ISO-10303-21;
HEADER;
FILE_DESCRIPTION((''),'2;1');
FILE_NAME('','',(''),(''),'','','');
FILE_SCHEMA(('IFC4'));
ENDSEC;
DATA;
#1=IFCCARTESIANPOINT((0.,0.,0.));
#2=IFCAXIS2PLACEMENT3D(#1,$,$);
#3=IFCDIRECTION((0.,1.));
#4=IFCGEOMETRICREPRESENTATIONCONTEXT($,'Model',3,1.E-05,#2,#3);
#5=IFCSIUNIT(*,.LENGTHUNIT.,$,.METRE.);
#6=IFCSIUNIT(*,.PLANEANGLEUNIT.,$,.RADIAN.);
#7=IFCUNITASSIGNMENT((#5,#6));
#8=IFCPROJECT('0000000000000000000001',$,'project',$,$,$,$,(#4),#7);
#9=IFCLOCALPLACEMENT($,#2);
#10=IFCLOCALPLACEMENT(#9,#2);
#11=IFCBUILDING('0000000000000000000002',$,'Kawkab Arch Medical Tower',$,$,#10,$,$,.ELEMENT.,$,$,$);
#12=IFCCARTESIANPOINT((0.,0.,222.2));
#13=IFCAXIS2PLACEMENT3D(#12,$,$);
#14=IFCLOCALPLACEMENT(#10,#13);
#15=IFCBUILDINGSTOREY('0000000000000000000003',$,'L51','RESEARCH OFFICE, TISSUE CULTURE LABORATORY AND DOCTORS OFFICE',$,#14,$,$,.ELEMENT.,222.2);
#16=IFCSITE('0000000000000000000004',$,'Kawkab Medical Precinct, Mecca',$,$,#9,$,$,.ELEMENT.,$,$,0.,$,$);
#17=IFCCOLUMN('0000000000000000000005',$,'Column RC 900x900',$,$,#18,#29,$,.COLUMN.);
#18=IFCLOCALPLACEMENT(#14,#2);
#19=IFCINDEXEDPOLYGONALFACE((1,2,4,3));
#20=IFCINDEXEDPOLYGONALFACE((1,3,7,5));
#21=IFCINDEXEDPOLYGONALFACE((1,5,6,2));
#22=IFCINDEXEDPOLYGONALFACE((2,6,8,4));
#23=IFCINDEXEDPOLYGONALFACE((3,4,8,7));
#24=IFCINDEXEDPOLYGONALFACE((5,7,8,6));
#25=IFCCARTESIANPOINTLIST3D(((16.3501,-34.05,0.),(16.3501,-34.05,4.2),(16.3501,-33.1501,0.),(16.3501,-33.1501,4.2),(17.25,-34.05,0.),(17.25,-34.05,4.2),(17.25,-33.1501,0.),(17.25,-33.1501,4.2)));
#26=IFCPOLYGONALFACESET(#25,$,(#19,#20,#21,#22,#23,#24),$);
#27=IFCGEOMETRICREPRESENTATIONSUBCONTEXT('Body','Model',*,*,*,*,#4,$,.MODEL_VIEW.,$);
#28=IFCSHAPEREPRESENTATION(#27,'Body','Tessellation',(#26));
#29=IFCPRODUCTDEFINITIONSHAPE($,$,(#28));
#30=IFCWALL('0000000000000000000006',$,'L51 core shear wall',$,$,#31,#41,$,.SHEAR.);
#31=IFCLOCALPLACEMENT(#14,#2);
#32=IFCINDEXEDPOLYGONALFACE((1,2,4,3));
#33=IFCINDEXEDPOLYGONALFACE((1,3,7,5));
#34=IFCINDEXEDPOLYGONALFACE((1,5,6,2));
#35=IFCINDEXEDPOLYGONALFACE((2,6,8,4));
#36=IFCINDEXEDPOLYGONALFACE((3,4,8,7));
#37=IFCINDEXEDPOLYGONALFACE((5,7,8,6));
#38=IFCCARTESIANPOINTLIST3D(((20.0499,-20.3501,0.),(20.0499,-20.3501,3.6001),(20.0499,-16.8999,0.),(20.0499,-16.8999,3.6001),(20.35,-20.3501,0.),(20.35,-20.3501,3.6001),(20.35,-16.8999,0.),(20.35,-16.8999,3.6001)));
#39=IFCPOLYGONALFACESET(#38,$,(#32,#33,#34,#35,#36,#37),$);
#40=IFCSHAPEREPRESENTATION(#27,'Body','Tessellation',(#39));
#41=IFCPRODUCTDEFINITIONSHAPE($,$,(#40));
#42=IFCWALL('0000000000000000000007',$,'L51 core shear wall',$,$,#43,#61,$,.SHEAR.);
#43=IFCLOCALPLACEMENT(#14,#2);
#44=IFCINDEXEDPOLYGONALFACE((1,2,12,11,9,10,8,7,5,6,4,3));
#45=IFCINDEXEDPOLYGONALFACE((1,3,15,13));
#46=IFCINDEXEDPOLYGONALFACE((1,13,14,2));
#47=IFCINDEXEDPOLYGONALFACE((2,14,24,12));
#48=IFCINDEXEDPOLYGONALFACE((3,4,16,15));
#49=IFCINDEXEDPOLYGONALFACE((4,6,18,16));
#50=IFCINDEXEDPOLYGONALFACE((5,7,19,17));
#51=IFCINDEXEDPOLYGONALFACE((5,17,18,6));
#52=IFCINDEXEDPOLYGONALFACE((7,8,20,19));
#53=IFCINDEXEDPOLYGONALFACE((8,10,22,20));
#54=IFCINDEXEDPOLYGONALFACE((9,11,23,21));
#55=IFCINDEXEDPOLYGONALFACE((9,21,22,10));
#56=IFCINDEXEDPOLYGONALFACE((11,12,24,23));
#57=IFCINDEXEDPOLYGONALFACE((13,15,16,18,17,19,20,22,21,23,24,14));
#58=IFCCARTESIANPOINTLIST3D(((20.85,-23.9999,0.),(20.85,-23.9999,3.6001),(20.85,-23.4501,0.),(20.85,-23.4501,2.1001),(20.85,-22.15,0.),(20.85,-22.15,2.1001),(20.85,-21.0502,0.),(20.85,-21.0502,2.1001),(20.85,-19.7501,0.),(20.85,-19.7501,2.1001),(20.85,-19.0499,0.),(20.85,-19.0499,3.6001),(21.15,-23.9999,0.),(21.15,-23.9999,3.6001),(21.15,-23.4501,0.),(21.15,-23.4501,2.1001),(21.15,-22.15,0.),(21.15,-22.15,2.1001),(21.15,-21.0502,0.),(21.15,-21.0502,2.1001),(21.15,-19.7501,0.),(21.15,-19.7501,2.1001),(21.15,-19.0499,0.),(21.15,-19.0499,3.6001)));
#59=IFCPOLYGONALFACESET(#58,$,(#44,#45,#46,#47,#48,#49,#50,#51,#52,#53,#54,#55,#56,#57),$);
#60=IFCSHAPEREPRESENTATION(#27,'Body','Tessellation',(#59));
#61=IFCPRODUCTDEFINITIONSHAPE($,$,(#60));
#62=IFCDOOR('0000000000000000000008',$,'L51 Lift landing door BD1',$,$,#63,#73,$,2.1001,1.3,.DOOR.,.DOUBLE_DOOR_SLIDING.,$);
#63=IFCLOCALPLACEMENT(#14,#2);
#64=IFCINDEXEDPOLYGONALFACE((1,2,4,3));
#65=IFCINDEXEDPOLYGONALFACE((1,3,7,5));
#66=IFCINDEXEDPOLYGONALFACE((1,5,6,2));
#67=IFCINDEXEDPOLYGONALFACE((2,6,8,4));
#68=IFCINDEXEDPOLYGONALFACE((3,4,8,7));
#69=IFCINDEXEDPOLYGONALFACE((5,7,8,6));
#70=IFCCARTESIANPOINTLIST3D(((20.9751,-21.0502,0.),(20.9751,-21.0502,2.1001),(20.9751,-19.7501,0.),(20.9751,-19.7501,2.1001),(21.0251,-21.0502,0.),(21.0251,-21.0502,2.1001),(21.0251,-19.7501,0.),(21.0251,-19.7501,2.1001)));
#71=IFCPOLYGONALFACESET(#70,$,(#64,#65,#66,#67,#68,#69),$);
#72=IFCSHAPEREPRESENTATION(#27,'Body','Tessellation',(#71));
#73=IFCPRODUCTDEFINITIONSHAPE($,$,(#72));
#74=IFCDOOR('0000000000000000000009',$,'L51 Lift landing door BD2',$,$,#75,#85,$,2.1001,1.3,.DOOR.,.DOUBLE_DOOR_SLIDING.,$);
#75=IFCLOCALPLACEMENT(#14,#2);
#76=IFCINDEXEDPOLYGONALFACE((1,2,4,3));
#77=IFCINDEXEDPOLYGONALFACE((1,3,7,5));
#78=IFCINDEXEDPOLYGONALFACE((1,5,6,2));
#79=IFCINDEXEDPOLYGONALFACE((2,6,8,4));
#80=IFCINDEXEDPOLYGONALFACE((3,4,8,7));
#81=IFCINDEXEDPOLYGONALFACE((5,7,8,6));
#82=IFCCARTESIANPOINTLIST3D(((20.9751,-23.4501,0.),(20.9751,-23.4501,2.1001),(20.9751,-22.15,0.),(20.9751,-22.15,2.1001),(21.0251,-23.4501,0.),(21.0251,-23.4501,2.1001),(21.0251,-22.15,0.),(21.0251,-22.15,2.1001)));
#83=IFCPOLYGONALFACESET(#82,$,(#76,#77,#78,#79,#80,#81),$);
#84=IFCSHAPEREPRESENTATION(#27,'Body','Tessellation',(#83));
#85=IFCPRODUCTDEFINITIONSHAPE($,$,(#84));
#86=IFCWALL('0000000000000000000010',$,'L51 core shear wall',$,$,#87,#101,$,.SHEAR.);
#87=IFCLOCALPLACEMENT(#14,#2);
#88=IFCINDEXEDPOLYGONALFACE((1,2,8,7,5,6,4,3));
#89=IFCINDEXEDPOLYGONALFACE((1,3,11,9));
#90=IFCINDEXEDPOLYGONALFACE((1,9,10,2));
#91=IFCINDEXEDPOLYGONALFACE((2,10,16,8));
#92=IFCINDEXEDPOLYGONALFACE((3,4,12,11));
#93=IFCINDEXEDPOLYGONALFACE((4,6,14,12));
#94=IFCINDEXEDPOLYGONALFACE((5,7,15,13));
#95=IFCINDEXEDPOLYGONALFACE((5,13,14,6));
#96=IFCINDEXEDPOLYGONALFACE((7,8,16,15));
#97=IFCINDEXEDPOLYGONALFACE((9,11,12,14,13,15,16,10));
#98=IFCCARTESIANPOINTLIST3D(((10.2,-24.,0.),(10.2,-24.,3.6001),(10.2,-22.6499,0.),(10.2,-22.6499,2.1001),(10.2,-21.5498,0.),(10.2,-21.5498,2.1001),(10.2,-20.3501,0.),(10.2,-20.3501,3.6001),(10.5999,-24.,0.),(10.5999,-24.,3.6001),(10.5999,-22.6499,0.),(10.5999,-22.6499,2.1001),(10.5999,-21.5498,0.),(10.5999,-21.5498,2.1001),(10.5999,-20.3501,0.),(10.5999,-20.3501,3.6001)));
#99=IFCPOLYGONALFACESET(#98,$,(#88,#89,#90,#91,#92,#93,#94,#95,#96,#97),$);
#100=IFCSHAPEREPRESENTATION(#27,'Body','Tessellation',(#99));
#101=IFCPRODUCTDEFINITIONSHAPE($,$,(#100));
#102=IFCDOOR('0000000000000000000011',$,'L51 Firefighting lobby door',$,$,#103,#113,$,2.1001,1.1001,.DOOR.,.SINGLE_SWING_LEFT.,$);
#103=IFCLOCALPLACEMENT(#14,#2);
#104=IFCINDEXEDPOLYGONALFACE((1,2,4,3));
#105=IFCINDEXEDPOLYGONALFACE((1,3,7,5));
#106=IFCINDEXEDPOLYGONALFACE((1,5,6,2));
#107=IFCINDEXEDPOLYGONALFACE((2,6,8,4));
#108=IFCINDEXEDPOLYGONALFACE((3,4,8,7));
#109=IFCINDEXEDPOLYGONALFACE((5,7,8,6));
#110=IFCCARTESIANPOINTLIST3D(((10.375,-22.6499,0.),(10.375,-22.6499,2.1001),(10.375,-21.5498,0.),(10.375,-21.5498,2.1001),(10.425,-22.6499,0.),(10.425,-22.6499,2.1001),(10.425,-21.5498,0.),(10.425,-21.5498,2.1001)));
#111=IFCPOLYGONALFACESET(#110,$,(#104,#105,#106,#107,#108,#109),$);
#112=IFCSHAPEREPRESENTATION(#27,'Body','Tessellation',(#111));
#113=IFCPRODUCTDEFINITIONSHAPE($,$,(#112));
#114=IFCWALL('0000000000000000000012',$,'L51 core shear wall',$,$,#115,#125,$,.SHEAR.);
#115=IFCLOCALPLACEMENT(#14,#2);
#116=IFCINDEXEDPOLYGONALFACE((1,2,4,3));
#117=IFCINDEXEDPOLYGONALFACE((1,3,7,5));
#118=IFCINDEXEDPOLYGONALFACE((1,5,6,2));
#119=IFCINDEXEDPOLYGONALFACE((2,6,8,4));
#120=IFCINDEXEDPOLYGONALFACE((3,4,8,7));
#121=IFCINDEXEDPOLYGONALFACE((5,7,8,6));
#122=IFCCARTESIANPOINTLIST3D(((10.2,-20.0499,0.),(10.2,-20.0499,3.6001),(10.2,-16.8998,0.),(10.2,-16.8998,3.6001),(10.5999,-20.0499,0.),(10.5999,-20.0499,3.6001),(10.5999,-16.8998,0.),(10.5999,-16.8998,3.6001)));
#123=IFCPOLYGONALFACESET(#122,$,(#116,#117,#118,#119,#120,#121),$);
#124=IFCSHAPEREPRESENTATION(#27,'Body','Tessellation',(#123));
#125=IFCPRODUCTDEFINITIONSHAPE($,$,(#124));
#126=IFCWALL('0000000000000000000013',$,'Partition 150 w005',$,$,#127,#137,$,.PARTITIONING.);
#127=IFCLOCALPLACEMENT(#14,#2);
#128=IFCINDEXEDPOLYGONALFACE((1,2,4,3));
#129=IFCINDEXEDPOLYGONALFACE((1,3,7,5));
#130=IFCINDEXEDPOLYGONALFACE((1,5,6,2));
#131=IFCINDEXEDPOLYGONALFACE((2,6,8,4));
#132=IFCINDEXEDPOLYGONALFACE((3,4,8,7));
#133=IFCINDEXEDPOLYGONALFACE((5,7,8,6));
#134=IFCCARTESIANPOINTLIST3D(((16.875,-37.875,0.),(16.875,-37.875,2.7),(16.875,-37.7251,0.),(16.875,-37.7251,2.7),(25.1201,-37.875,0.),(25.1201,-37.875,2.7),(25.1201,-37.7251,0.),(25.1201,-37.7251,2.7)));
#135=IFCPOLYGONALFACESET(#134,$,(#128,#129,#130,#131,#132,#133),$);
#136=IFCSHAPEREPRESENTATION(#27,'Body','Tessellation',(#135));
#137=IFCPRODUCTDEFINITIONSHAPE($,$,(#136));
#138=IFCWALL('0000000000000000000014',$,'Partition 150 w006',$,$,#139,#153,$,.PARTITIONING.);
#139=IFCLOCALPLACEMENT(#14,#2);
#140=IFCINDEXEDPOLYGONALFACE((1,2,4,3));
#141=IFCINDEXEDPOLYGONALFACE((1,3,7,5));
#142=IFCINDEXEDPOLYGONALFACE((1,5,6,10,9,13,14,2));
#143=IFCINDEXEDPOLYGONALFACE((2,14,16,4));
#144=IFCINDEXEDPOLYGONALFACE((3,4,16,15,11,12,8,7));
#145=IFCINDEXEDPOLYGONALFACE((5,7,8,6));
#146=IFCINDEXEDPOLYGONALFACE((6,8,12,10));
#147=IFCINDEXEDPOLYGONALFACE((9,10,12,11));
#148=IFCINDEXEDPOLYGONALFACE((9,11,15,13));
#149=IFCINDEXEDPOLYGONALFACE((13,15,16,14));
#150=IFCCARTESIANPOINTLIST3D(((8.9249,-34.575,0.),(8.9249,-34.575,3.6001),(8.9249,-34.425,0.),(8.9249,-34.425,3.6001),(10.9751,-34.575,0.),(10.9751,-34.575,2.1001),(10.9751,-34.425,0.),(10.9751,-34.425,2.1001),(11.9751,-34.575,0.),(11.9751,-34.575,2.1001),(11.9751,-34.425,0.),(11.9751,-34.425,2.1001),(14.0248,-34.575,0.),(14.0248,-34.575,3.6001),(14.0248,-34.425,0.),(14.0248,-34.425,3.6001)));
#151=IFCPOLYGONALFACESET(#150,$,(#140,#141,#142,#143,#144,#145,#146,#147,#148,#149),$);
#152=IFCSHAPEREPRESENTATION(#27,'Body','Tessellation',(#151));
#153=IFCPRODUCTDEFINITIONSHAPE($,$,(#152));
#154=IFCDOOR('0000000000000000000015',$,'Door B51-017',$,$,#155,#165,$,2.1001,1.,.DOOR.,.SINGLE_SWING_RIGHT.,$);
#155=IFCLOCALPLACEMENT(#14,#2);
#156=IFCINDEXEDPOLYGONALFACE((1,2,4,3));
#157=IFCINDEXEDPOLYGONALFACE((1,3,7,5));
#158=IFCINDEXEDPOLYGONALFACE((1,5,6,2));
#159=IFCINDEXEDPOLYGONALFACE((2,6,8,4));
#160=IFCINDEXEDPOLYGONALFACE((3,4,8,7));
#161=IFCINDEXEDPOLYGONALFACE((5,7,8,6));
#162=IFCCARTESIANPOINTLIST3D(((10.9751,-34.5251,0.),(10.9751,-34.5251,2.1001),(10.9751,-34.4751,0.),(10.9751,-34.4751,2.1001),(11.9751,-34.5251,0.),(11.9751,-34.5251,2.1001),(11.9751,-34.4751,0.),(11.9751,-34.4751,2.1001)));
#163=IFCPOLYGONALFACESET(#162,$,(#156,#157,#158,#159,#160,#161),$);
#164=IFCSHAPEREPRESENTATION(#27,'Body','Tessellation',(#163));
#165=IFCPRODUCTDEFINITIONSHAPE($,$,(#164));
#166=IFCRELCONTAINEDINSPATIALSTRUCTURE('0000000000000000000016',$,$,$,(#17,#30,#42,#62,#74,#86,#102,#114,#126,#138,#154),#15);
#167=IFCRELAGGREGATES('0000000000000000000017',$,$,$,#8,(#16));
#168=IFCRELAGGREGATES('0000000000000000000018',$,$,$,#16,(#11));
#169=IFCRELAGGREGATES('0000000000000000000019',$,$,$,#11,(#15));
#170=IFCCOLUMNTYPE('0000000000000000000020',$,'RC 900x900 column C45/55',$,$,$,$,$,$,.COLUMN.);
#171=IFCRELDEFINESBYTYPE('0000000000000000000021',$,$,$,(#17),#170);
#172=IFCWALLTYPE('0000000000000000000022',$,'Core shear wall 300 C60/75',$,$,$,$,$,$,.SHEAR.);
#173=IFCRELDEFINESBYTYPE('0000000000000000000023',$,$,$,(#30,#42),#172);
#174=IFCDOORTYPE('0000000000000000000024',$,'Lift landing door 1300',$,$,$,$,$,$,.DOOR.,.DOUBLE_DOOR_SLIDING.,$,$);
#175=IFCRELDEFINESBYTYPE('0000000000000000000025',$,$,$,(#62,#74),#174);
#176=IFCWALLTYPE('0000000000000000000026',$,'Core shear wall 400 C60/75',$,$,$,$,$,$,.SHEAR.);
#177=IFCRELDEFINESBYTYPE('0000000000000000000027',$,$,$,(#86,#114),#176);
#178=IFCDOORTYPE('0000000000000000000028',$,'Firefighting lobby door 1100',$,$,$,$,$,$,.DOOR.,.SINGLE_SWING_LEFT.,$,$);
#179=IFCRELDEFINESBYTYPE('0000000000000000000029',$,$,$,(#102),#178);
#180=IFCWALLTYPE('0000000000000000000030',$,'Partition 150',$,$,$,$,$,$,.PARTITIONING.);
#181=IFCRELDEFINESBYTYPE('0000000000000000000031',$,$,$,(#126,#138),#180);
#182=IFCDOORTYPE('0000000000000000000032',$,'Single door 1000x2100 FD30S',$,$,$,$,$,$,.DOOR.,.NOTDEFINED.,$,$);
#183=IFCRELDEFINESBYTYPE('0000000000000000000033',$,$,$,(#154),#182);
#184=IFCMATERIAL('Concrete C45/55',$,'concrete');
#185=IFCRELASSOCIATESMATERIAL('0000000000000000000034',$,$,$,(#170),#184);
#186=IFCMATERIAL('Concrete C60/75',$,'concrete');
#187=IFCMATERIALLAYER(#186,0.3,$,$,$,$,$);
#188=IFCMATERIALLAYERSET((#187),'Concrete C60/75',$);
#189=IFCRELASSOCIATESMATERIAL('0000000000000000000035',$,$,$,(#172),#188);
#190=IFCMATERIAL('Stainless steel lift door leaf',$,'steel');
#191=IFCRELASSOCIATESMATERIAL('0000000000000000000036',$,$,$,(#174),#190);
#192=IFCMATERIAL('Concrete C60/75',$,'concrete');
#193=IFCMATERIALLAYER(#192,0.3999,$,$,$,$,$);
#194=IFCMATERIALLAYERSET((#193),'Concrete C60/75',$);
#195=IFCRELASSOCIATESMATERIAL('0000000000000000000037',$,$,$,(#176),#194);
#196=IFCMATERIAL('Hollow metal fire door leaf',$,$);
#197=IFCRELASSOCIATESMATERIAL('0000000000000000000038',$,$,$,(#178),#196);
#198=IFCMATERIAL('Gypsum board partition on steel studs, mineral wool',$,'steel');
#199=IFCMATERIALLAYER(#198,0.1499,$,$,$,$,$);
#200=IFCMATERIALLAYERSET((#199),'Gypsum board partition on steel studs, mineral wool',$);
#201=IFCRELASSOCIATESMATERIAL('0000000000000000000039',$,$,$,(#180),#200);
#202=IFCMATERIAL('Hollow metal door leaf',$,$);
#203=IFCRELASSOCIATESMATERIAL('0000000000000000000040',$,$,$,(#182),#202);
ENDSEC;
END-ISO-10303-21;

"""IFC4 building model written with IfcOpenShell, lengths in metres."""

from ifc_helpers import new_model, si_unit, direction, frame, frame_2d, origin, origin_2d, place, context, subcontext, project, spatial, rectangle, extrude, material, layer, layer_set, material_profile, profile_set, type_object, element, fill, save


model = new_model("IFC4")

# Units and contexts
model_context = context("Model", 3, precision=1e-05, world=origin(), true_north=direction((0.0, 1.0)))
body_context = subcontext(model_context, "Body", "Model", "MODEL_VIEW")
ifc_project = project(units=[si_unit("LENGTHUNIT", "METRE"), si_unit("PLANEANGLEUNIT", "RADIAN")], contexts=[model_context])

# Site, building, storey
site_placement = place(None, origin())
site = spatial("IfcSite", under=ifc_project, at=site_placement, Name="Kawkab Medical Precinct, Mecca", CompositionType="ELEMENT", RefElevation=0.0)
building_placement = place(site_placement, origin())
building = spatial("IfcBuilding", under=site, at=building_placement, Name="Kawkab Arch Medical Tower", CompositionType="ELEMENT")
storey_placement = place(building_placement, frame((0.0, 0.0, 222.2)))
storey = spatial("IfcBuildingStorey", under=building, at=storey_placement, Name="L51", Description="RESEARCH OFFICE, TISSUE CULTURE LABORATORY AND DOCTORS OFFICE", CompositionType="ELEMENT", Elevation=222.2)

# Column
ifc_material_1 = material(Name="Concrete C45/55", Category="concrete")
ifc_material_profile = material_profile(ifc_material_1, rectangle(XDim=0.8999, YDim=0.8999, at=origin_2d()), Name="RC 900x900")
ifc_profile_set = profile_set([ifc_material_profile], Name="Concrete C45/55")
column_type = type_object("IfcColumnType", Name="RC 900x900 column C45/55", PredefinedType="COLUMN", material=ifc_profile_set)
column_placement = place(storey_placement, frame((16.8, -33.6001, 0.0), z_axis=(0.0, 0.0, 1.0), x_axis=(1.0, 0.0, 0.0)))
element("IfcColumn", 1, at=column_placement, inside=storey, type_object=column_type, Name="Column RC 900x900", PredefinedType="COLUMN", context=body_context, shape_type="SweptSolid", body=[
    extrude(rectangle(XDim=0.8999, YDim=0.8999, at=origin_2d()), origin(), (0.0, 0.0, 1.0), 4.2),
])

# Wall
ifc_material_2 = material(Name="Concrete C60/75", Category="concrete")
ifc_layer_1 = layer(ifc_material_2, 0.3)
ifc_layer_set_1 = layer_set([ifc_layer_1], Name="Concrete C60/75")
wall_type_1 = type_object("IfcWallType", Name="Core shear wall 300 C60/75", PredefinedType="SHEAR", material=ifc_layer_set_1)
wall_1_placement = place(storey_placement, frame((20.2, -20.3501, 0.0), z_axis=(0.0, 0.0, 1.0), x_axis=(0.0, 1.0, 0.0)))
element("IfcWall", 2, at=wall_1_placement, inside=storey, type_object=wall_type_1, Name="L51 core shear wall", PredefinedType="SHEAR", context=body_context, shape_type="SweptSolid", body=[
    extrude(rectangle(XDim=3.4502, YDim=0.3, at=frame_2d((1.7251, 0.0))), origin(), (0.0, 0.0, 1.0), 3.6001),
])

# Wall, openings, doors
wall_2_placement = place(storey_placement, frame((21.0, -24.0, 0.0), z_axis=(0.0, 0.0, 1.0), x_axis=(0.0, 1.0, 0.0)))
wall_2 = element("IfcWall", 3, at=wall_2_placement, inside=storey, type_object=wall_type_1, Name="L51 core shear wall", PredefinedType="SHEAR", context=body_context, shape_type="SweptSolid", body=[
    extrude(rectangle(XDim=4.95, YDim=0.3, at=frame_2d((2.4751, 0.0))), origin(), (0.0, 0.0, 1.0), 3.6001),
])
opening_1_placement = place(wall_2_placement, frame((2.95, 0.0, 0.0)))
opening_1 = element("IfcOpeningElement", 4, at=opening_1_placement, cuts=wall_2, PredefinedType="OPENING", context=body_context, shape_type="SweptSolid", body=[
    extrude(rectangle(XDim=1.3, YDim=2.1001, at=frame_2d((0.6499, 1.05))), frame((0.0, 0.1599, 0.0), z_axis=(0.0, -1.0, 0.0), x_axis=(1.0, 0.0, 0.0)), (0.0, 0.0, 1.0), 0.3201),
])
opening_2_placement = place(wall_2_placement, frame((0.55, 0.0, 0.0)))
opening_2 = element("IfcOpeningElement", 5, at=opening_2_placement, cuts=wall_2, PredefinedType="OPENING", context=body_context, shape_type="SweptSolid", body=[
    extrude(rectangle(XDim=1.3, YDim=2.1001, at=frame_2d((0.6499, 1.05))), frame((0.0, 0.1599, 0.0), z_axis=(0.0, -1.0, 0.0), x_axis=(1.0, 0.0, 0.0)), (0.0, 0.0, 1.0), 0.3201),
])
ifc_material_3 = material(Name="Stainless steel lift door leaf", Category="steel")
door_type_1 = type_object("IfcDoorType", Name="Lift landing door 1300", OperationType="DOUBLE_DOOR_SLIDING", PredefinedType="DOOR", material=ifc_material_3)
door_1_placement = place(opening_1_placement, origin())
door_1 = element("IfcDoor", 6, at=door_1_placement, inside=storey, type_object=door_type_1, Name="L51 Lift landing door BD1", OperationType="DOUBLE_DOOR_SLIDING", OverallHeight=2.1001, OverallWidth=1.3, PredefinedType="DOOR", context=body_context, shape_type="SweptSolid", body=[
    extrude(rectangle(XDim=1.3, YDim=2.1001, at=frame_2d((0.6499, 1.05))), frame((0.0, 0.0249, 0.0), z_axis=(0.0, -1.0, 0.0), x_axis=(1.0, 0.0, 0.0)), (0.0, 0.0, 1.0), 0.05),
])
fill(opening_1, door_1)
door_2_placement = place(opening_2_placement, origin())
door_2 = element("IfcDoor", 7, at=door_2_placement, inside=storey, type_object=door_type_1, Name="L51 Lift landing door BD2", OperationType="DOUBLE_DOOR_SLIDING", OverallHeight=2.1001, OverallWidth=1.3, PredefinedType="DOOR", context=body_context, shape_type="SweptSolid", body=[
    extrude(rectangle(XDim=1.3, YDim=2.1001, at=frame_2d((0.6499, 1.05))), frame((0.0, 0.0249, 0.0), z_axis=(0.0, -1.0, 0.0), x_axis=(1.0, 0.0, 0.0)), (0.0, 0.0, 1.0), 0.05),
])
fill(opening_2, door_2)

# Wall, opening, door
ifc_material_4 = material(Name="Concrete C60/75", Category="concrete")
ifc_layer_2 = layer(ifc_material_4, 0.3999)
ifc_layer_set_2 = layer_set([ifc_layer_2], Name="Concrete C60/75")
wall_type_2 = type_object("IfcWallType", Name="Core shear wall 400 C60/75", PredefinedType="SHEAR", material=ifc_layer_set_2)
wall_3_placement = place(storey_placement, frame((10.3999, -24.0, 0.0), z_axis=(0.0, 0.0, 1.0), x_axis=(0.0, 1.0, 0.0)))
wall_3 = element("IfcWall", 8, at=wall_3_placement, inside=storey, type_object=wall_type_2, Name="L51 core shear wall", PredefinedType="SHEAR", context=body_context, shape_type="SweptSolid", body=[
    extrude(rectangle(XDim=3.6499, YDim=0.3999, at=frame_2d((1.825, 0.0))), origin(), (0.0, 0.0, 1.0), 3.6001),
])
opening_3_placement = place(wall_3_placement, frame((1.3501, 0.0, 0.0)))
opening_3 = element("IfcOpeningElement", 9, at=opening_3_placement, cuts=wall_3, PredefinedType="OPENING", context=body_context, shape_type="SweptSolid", body=[
    extrude(rectangle(XDim=1.1001, YDim=2.1001, at=frame_2d((0.55, 1.05))), frame((0.0, 0.21, 0.0), z_axis=(0.0, -1.0, 0.0), x_axis=(1.0, 0.0, 0.0)), (0.0, 0.0, 1.0), 0.4199),
])
ifc_material_5 = material(Name="Hollow metal fire door leaf")
door_type_2 = type_object("IfcDoorType", Name="Firefighting lobby door 1100", OperationType="SINGLE_SWING_LEFT", PredefinedType="DOOR", material=ifc_material_5)
door_3_placement = place(opening_3_placement, origin())
door_3 = element("IfcDoor", 10, at=door_3_placement, inside=storey, type_object=door_type_2, Name="L51 Firefighting lobby door", OperationType="SINGLE_SWING_LEFT", OverallHeight=2.1001, OverallWidth=1.1001, PredefinedType="DOOR", context=body_context, shape_type="SweptSolid", body=[
    extrude(rectangle(XDim=1.1001, YDim=2.1001, at=frame_2d((0.55, 1.05))), frame((0.0, 0.0249, 0.0), z_axis=(0.0, -1.0, 0.0), x_axis=(1.0, 0.0, 0.0)), (0.0, 0.0, 1.0), 0.05),
])
fill(opening_3, door_3)

# Walls
wall_4_placement = place(storey_placement, frame((10.3999, -20.05, 0.0), z_axis=(0.0, 0.0, 1.0), x_axis=(0.0, 1.0, 0.0)))
element("IfcWall", 11, at=wall_4_placement, inside=storey, type_object=wall_type_2, Name="L51 core shear wall", PredefinedType="SHEAR", context=body_context, shape_type="SweptSolid", body=[
    extrude(rectangle(XDim=3.1501, YDim=0.3999, at=frame_2d((1.5752, 0.0))), origin(), (0.0, 0.0, 1.0), 3.6001),
])
ifc_material_6 = material(Name="Gypsum board partition on steel studs, mineral wool", Category="steel")
ifc_layer_3 = layer(ifc_material_6, 0.1499)
ifc_layer_set_3 = layer_set([ifc_layer_3], Name="Gypsum board partition on steel studs, mineral wool")
wall_type_3 = type_object("IfcWallType", Name="Partition 150", PredefinedType="PARTITIONING", material=ifc_layer_set_3)
wall_5_placement = place(storey_placement, frame((16.875, -37.8, 0.0), z_axis=(0.0, 0.0, 1.0), x_axis=(1.0, 0.0, 0.0)))
element("IfcWall", 12, at=wall_5_placement, inside=storey, type_object=wall_type_3, Name="Partition 150 w005", PredefinedType="PARTITIONING", context=body_context, shape_type="SweptSolid", body=[
    extrude(rectangle(XDim=8.2451, YDim=0.1499, at=frame_2d((4.1226, 0.0))), origin(), (0.0, 0.0, 1.0), 2.7),
])

# Wall, opening, door
wall_6_placement = place(storey_placement, frame((8.925, -34.5, 0.0), z_axis=(0.0, 0.0, 1.0), x_axis=(1.0, 0.0, 0.0)))
wall_6 = element("IfcWall", 13, at=wall_6_placement, inside=storey, type_object=wall_type_3, Name="Partition 150 w006", PredefinedType="PARTITIONING", context=body_context, shape_type="SweptSolid", body=[
    extrude(rectangle(XDim=5.0999, YDim=0.1499, at=frame_2d((2.5498, 0.0))), origin(), (0.0, 0.0, 1.0), 3.6001),
])
opening_4_placement = place(wall_6_placement, frame((2.05, 0.0, 0.0)))
opening_4 = element("IfcOpeningElement", 14, at=opening_4_placement, cuts=wall_6, PredefinedType="OPENING", context=body_context, shape_type="SweptSolid", body=[
    extrude(rectangle(XDim=1.0, YDim=2.1001, at=frame_2d((0.5, 1.05))), frame((0.0, 0.085, 0.0), z_axis=(0.0, -1.0, 0.0), x_axis=(1.0, 0.0, 0.0)), (0.0, 0.0, 1.0), 0.1699),
])
ifc_material_7 = material(Name="Hollow metal door leaf")
door_type_3 = type_object("IfcDoorType", Name="Single door 1000x2100 FD30S", OperationType="NOTDEFINED", PredefinedType="DOOR", material=ifc_material_7)
door_4_placement = place(opening_4_placement, origin())
door_4 = element("IfcDoor", 15, at=door_4_placement, inside=storey, type_object=door_type_3, Name="Door B51-017", OperationType="SINGLE_SWING_RIGHT", OverallHeight=2.1001, OverallWidth=1.0, PredefinedType="DOOR", context=body_context, shape_type="SweptSolid", body=[
    extrude(rectangle(XDim=1.0, YDim=2.1001, at=frame_2d((0.5, 1.05))), frame((0.0, 0.0249, 0.0), z_axis=(0.0, -1.0, 0.0), x_axis=(1.0, 0.0, 0.0)), (0.0, 0.0, 1.0), 0.05),
])
fill(opening_4, door_4)

save(model, "model.ifc")
